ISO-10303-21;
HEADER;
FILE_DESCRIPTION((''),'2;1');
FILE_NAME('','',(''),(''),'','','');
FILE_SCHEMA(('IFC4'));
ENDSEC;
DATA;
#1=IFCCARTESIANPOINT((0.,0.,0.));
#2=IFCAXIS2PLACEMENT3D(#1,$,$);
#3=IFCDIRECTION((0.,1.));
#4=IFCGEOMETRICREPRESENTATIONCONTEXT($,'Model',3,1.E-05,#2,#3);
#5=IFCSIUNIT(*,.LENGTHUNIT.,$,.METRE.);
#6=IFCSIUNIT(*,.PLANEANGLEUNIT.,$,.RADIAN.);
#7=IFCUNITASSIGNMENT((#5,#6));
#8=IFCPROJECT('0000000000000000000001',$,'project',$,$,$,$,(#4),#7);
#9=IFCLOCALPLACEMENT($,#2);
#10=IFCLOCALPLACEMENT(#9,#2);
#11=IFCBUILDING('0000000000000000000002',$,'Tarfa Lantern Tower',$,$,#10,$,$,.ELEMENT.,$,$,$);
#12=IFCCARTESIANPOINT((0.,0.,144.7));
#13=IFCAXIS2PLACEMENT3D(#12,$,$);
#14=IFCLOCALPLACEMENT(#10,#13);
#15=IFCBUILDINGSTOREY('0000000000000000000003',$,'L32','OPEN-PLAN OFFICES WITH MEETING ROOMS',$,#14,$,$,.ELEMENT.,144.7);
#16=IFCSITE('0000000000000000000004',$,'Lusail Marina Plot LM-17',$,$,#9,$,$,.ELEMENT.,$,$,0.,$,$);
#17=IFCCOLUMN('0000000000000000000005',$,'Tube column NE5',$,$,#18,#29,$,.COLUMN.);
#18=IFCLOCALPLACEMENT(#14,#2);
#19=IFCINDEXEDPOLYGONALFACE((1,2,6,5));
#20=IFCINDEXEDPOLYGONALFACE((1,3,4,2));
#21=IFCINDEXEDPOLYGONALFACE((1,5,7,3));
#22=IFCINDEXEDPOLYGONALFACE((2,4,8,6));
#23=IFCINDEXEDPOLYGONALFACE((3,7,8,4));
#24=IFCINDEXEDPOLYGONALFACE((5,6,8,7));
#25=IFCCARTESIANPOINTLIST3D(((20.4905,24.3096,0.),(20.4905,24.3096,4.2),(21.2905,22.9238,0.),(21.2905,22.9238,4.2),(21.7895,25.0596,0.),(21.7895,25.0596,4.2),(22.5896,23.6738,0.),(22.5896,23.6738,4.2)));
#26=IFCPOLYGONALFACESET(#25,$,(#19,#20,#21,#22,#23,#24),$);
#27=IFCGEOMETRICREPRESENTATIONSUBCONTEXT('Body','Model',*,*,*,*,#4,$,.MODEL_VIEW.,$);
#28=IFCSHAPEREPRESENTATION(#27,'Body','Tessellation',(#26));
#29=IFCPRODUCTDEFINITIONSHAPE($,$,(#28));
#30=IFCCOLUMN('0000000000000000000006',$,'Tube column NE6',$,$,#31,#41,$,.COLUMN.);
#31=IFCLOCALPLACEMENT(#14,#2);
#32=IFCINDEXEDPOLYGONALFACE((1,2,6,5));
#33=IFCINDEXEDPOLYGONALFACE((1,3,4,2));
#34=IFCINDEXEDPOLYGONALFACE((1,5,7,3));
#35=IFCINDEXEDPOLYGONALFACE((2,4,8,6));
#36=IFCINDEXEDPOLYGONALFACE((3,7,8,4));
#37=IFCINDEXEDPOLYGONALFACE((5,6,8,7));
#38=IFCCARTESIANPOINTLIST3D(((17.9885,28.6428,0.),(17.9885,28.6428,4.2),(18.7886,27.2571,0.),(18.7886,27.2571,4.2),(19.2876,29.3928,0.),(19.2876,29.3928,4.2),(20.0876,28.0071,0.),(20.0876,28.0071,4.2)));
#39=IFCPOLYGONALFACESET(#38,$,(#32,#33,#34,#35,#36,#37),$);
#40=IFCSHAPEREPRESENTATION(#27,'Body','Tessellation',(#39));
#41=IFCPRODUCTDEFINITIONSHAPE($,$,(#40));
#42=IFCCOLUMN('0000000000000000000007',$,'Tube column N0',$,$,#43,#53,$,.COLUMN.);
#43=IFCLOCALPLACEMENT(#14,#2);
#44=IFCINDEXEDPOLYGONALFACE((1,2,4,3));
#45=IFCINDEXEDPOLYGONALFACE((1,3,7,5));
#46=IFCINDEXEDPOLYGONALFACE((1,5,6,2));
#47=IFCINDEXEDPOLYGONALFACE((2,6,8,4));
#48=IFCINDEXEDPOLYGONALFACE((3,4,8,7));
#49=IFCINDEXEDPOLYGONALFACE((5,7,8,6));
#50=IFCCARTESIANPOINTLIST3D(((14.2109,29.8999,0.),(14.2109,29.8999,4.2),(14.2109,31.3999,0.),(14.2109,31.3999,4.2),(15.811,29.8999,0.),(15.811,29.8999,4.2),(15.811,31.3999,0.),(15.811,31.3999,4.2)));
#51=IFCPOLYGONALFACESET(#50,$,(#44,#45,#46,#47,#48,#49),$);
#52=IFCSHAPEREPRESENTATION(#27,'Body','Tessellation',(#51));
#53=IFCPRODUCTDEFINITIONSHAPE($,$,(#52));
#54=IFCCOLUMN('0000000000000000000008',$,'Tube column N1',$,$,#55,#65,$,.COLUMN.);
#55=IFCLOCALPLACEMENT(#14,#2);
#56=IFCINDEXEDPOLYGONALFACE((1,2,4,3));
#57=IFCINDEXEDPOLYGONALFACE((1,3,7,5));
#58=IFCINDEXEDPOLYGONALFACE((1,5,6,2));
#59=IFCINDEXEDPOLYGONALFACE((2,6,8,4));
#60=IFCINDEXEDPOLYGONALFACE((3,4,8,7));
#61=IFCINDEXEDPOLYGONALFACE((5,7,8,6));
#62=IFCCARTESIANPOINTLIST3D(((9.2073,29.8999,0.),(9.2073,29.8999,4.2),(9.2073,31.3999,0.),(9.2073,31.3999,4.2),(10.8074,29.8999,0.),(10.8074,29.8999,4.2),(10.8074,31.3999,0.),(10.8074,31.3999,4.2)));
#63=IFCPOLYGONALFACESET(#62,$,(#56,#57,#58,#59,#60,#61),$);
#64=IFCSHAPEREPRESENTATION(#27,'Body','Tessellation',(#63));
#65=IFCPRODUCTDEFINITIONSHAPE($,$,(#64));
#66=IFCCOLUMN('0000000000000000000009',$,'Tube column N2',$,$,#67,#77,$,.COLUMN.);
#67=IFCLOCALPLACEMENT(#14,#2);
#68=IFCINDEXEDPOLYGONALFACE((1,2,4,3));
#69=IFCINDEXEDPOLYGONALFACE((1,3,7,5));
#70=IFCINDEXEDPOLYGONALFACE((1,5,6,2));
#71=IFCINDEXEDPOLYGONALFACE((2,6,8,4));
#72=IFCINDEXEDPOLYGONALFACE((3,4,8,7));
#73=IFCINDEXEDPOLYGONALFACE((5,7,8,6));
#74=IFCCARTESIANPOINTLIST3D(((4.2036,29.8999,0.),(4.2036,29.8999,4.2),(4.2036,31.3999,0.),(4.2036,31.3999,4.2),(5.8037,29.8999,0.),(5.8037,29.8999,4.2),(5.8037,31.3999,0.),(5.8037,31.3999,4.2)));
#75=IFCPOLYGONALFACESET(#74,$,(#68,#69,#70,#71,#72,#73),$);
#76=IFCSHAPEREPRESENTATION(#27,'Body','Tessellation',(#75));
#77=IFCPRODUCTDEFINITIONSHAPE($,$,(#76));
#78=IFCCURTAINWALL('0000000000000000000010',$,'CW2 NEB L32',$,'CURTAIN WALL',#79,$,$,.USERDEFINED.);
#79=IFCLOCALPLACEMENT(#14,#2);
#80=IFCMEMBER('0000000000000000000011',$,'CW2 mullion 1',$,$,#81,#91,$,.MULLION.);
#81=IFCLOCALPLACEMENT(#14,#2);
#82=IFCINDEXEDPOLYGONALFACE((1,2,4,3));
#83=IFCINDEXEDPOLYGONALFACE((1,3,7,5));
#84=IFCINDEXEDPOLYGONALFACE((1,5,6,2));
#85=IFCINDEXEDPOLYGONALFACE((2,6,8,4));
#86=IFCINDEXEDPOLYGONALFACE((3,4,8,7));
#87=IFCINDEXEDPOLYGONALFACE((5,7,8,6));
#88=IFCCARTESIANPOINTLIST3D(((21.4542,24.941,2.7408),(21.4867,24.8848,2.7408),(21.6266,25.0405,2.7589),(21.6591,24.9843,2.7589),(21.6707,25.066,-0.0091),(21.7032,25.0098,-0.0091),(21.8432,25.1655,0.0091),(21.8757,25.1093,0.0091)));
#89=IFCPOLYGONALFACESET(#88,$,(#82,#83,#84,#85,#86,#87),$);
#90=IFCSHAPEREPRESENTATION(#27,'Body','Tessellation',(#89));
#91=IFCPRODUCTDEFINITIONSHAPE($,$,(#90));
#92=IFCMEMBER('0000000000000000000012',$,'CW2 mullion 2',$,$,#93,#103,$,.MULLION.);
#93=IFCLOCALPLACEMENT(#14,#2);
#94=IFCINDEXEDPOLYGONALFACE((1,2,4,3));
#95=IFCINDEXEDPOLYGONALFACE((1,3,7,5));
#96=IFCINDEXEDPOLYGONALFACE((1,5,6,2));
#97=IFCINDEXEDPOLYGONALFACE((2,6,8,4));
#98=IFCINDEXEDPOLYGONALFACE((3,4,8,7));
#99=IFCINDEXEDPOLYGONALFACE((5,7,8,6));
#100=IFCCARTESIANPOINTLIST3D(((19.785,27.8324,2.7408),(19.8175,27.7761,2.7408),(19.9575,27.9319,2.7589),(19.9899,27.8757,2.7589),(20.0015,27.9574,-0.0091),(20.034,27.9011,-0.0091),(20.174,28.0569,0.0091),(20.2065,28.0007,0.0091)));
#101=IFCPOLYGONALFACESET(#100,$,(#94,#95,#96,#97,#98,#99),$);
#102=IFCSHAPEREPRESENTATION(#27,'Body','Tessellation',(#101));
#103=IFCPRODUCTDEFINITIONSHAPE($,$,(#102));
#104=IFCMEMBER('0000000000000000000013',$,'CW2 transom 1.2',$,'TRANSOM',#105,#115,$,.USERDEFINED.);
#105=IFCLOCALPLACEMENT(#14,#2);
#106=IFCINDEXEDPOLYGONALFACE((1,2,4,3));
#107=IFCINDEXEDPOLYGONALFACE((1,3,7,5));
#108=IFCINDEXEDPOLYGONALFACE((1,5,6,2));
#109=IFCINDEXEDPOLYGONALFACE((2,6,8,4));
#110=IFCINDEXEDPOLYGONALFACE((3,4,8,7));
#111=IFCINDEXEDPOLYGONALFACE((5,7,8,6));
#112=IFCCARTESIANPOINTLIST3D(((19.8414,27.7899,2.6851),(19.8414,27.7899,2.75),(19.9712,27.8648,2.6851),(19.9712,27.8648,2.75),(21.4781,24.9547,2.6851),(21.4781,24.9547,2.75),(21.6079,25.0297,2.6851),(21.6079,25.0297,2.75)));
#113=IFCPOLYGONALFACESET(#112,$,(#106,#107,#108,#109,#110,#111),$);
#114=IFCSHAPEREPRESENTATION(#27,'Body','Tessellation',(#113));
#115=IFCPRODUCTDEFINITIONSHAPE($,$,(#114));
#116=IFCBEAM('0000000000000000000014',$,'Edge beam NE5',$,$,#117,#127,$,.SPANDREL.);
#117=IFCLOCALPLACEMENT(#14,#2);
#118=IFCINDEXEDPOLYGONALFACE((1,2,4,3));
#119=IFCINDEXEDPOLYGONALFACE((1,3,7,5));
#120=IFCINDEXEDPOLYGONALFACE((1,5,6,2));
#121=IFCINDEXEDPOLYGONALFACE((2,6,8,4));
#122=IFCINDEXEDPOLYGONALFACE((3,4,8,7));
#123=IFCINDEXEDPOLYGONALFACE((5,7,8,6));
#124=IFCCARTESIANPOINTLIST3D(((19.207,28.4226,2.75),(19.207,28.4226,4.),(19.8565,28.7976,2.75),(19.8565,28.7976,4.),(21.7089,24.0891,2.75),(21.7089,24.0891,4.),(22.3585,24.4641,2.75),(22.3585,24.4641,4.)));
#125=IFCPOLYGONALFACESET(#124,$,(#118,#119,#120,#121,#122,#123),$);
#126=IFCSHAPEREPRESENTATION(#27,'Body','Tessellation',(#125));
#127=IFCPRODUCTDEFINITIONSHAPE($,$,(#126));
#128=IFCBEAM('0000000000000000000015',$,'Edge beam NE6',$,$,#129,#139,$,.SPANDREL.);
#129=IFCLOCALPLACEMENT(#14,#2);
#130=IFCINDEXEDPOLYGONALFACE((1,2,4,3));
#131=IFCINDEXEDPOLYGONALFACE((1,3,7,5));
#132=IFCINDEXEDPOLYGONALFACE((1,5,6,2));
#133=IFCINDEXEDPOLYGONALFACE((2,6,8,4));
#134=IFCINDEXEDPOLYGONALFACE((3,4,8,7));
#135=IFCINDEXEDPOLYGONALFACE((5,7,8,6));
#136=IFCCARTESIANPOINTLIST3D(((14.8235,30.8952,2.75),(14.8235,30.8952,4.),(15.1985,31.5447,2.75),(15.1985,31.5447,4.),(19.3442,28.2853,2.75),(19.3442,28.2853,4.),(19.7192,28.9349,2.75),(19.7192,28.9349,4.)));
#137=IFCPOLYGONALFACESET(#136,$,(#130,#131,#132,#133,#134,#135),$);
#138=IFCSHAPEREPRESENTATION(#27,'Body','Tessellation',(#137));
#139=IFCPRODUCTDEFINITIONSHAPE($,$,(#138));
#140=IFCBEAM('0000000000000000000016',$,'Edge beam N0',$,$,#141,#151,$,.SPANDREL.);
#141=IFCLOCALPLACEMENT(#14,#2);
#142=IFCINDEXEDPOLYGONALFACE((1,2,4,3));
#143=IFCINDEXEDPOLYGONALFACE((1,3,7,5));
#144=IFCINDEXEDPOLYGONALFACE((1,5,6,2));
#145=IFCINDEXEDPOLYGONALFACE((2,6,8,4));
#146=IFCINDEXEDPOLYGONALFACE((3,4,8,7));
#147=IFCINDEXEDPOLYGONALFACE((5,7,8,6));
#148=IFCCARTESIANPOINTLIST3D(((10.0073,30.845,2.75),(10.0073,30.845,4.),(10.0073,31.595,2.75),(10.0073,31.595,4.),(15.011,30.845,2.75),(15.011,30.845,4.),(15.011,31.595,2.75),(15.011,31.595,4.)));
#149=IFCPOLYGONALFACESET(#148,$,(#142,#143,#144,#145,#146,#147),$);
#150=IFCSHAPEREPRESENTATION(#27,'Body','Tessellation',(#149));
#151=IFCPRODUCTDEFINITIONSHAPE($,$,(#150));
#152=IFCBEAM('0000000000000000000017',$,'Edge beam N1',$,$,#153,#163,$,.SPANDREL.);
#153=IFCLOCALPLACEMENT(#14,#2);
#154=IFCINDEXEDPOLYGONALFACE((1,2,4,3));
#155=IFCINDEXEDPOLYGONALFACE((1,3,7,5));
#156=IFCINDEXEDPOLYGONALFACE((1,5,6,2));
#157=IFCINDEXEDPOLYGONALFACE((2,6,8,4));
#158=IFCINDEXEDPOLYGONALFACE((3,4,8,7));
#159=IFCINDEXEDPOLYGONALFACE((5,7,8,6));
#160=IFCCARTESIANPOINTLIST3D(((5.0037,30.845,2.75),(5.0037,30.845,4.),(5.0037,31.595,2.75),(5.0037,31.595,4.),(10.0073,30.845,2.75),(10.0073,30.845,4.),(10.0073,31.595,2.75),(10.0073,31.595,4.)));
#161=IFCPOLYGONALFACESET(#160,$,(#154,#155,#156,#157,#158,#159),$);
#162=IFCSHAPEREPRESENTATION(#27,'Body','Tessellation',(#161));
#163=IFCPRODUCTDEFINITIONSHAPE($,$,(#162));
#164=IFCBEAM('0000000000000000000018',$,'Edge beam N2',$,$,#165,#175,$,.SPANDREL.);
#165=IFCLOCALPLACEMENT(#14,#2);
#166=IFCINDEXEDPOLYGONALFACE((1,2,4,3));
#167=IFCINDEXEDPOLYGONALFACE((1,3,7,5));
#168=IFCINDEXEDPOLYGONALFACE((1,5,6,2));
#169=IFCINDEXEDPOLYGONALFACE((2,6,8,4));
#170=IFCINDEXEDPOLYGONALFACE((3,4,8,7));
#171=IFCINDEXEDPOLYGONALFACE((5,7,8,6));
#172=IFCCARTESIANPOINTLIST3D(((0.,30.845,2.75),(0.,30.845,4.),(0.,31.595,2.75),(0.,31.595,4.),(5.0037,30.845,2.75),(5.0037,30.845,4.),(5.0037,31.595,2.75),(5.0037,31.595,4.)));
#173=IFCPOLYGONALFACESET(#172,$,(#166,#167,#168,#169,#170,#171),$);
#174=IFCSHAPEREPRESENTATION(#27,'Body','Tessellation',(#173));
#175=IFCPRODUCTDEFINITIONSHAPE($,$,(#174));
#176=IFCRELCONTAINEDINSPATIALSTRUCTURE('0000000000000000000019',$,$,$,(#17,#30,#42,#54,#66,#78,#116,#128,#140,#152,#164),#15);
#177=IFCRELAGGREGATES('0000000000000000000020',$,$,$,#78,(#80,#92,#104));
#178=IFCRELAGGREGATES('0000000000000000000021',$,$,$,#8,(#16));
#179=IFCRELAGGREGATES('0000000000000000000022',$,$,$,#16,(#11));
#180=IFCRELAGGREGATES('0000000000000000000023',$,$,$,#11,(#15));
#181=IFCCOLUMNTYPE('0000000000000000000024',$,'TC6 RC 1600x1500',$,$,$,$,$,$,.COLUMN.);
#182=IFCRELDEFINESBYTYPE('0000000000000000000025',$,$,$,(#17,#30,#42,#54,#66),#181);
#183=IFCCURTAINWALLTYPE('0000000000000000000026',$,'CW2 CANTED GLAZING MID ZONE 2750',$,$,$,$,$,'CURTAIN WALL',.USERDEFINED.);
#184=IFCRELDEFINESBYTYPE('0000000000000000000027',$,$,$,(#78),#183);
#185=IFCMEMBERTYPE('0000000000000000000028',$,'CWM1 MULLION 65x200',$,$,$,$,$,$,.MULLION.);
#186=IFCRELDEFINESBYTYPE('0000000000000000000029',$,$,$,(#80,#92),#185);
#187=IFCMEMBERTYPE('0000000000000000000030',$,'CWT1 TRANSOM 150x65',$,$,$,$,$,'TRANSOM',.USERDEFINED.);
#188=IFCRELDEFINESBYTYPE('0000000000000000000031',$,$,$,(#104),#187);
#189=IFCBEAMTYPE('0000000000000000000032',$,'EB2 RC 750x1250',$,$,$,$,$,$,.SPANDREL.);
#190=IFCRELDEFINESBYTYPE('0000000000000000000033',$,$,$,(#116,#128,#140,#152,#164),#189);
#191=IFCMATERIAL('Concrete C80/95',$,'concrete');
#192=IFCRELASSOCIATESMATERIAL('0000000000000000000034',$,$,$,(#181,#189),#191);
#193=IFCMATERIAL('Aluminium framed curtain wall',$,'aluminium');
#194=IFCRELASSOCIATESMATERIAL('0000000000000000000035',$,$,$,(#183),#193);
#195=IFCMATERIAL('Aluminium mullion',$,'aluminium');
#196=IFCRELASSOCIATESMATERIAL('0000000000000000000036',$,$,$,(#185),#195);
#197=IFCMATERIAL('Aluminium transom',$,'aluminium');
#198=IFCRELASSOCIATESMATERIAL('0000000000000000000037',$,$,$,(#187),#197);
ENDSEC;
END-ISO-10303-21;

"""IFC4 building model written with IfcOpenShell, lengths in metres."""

from ifc_helpers import new_model, si_unit, direction, frame, origin, origin_2d, place, context, subcontext, project, spatial, rectangle, extrude, material, material_profile, profile_set, type_object, element, aggregate, save


model = new_model("IFC4")

# Units and contexts
model_context = context("Model", 3, precision=1e-05, world=origin(), true_north=direction((0.0, 1.0)))
body_context = subcontext(model_context, "Body", "Model", "MODEL_VIEW")
ifc_project = project(units=[si_unit("LENGTHUNIT", "METRE"), si_unit("PLANEANGLEUNIT", "RADIAN")], contexts=[model_context])

# Site, building, storey
site_placement = place(None, origin())
site = spatial("IfcSite", under=ifc_project, at=site_placement, Name="Lusail Marina Plot LM-17", CompositionType="ELEMENT", RefElevation=0.0)
building_placement = place(site_placement, origin())
building = spatial("IfcBuilding", under=site, at=building_placement, Name="Tarfa Lantern Tower", CompositionType="ELEMENT")
storey_placement = place(building_placement, frame((0.0, 0.0, 144.7)))
storey = spatial("IfcBuildingStorey", under=building, at=storey_placement, Name="L32", Description="OPEN-PLAN OFFICES WITH MEETING ROOMS", CompositionType="ELEMENT", Elevation=144.7)

# Columns
ifc_material_1 = material(Name="Concrete C80/95", Category="concrete")
ifc_material_profile_1 = material_profile(ifc_material_1, rectangle(XDim=1.6001, YDim=1.5, at=origin_2d()), Name="RC 1600x1500")
ifc_profile_set_1 = profile_set([ifc_material_profile_1], Name="Concrete C80/95")
column_type = type_object("IfcColumnType", Name="TC6 RC 1600x1500", PredefinedType="COLUMN", material=ifc_profile_set_1)
for number, where, z_axis, x_axis, name in (
    (1, (21.54, 23.9917, 0.0), (0.0, 0.0, 1.0), (-0.5, 0.866025, 0.0), "Tube column NE5"),
    (2, (19.0381, 28.325, 0.0), (0.0, 0.0, 1.0), (-0.5, 0.866025, 0.0), "Tube column NE6"),
    (3, (15.011, 30.6499, 0.0), (0.0, 0.0, 1.0), (-1.0, 0.0, 0.0), "Tube column N0"),
    (4, (10.0073, 30.6499, 0.0), (0.0, 0.0, 1.0), (-1.0, 0.0, 0.0), "Tube column N1"),
    (5, (5.0037, 30.6499, 0.0), (0.0, 0.0, 1.0), (-1.0, 0.0, 0.0), "Tube column N2"),
):
    element("IfcColumn", number, at=place(storey_placement, frame(where, z_axis=z_axis, x_axis=x_axis)), inside=storey, type_object=column_type, Name=name, PredefinedType="COLUMN", context=body_context, shape_type="SweptSolid", body=[
        extrude(rectangle(XDim=1.6001, YDim=1.5, at=origin_2d()), origin(), (0.0, 0.0, 1.0), 4.2),
    ])

# Curtain wall, members
ifc_material_2 = material(Name="Aluminium framed curtain wall", Category="aluminium")
curtain_wall_type = type_object("IfcCurtainWallType", Name="CW2 CANTED GLAZING MID ZONE 2750", ElementType="CURTAIN WALL", PredefinedType="USERDEFINED", material=ifc_material_2)
curtain_wall_placement = place(storey_placement, origin())
curtain_wall = element("IfcCurtainWall", 6, at=curtain_wall_placement, inside=storey, type_object=curtain_wall_type, Name="CW2 NEB L32", ObjectType="CURTAIN WALL", PredefinedType="USERDEFINED")
ifc_material_3 = material(Name="Aluminium mullion", Category="aluminium")
ifc_material_profile_2 = material_profile(ifc_material_3, rectangle(XDim=0.0649, YDim=0.2, at=origin_2d()), Name="AL MULLION 65x200")
ifc_profile_set_2 = profile_set([ifc_material_profile_2], Name="Aluminium mullion")
member_type_1 = type_object("IfcMemberType", Name="CWM1 MULLION 65x200", PredefinedType="MULLION", material=ifc_profile_set_2)
member_1_placement = place(storey_placement, frame((21.7732, 25.0876, 0.0), z_axis=(-0.078423, -0.045268, 0.995892), x_axis=(0.49992, -0.866072, 0.0)))
member_1 = element("IfcMember", 7, at=member_1_placement, type_object=member_type_1, Name="CW2 mullion 1", PredefinedType="MULLION", context=body_context, shape_type="SweptSolid", body=[
    extrude(rectangle(XDim=0.0649, YDim=0.2, at=origin_2d()), origin(), (0.0, 0.0, 1.0), 2.7612),
])
member_2_placement = place(storey_placement, frame((20.104, 27.979, 0.0), z_axis=(-0.078423, -0.045268, 0.995892), x_axis=(0.49992, -0.866072, 0.0)))
member_2 = element("IfcMember", 8, at=member_2_placement, type_object=member_type_1, Name="CW2 mullion 2", PredefinedType="MULLION", context=body_context, shape_type="SweptSolid", body=[
    extrude(rectangle(XDim=0.0649, YDim=0.2, at=origin_2d()), origin(), (0.0, 0.0, 1.0), 2.7612),
])
ifc_material_4 = material(Name="Aluminium transom", Category="aluminium")
ifc_material_profile_3 = material_profile(ifc_material_4, rectangle(XDim=0.1499, YDim=0.0649, at=origin_2d()), Name="AL TRANSOM 150x65")
ifc_profile_set_3 = profile_set([ifc_material_profile_3], Name="Aluminium transom")
member_type_2 = type_object("IfcMemberType", Name="CWT1 TRANSOM 150x65", ElementType="TRANSOM", PredefinedType="USERDEFINED", material=ifc_profile_set_3)
member_3_placement = place(storey_placement, frame((21.543, 24.9922, 2.7175), z_axis=(-0.499957, 0.86605, 0.0), x_axis=(-0.86605, -0.499957, 0.0)))
member_3 = element("IfcMember", 9, at=member_3_placement, type_object=member_type_2, Name="CW2 transom 1.2", ObjectType="TRANSOM", PredefinedType="USERDEFINED", context=body_context, shape_type="SweptSolid", body=[
    extrude(rectangle(XDim=0.1499, YDim=0.0649, at=origin_2d()), origin(), (0.0, 0.0, 1.0), 3.2737),
])

# Beams
ifc_material_profile_4 = material_profile(ifc_material_1, rectangle(XDim=0.75, YDim=1.25, at=origin_2d()), Name="RC 750x1250")
ifc_profile_set_4 = profile_set([ifc_material_profile_4], Name="Concrete C80/95")
beam_type_1 = type_object("IfcBeamType", Name="EB2 RC 750x1250", PredefinedType="SPANDREL", material=ifc_profile_set_4)
beam_1_placement = place(storey_placement, frame((22.0337, 24.2766, 3.375), z_axis=(-0.500001, 0.866025, 0.0), x_axis=(-0.866025, -0.500001, 0.0)))
element("IfcBeam", 10, at=beam_1_placement, inside=storey, type_object=beam_type_1, Name="Edge beam NE5", PredefinedType="SPANDREL", context=body_context, shape_type="SweptSolid", body=[
    extrude(rectangle(XDim=0.75, YDim=1.25, at=origin_2d()), origin(), (0.0, 0.0, 1.0), 5.0039),
])
beam_2_placement = place(storey_placement, frame((19.5317, 28.6101, 3.375), z_axis=(-0.866042, 0.499972, 0.0), x_axis=(-0.499972, -0.866042, 0.0)))
element("IfcBeam", 11, at=beam_2_placement, inside=storey, type_object=beam_type_1, Name="Edge beam NE6", PredefinedType="SPANDREL", context=body_context, shape_type="SweptSolid", body=[
    extrude(rectangle(XDim=0.75, YDim=1.25, at=origin_2d()), origin(), (0.0, 0.0, 1.0), 5.22),
])
for number, where, z_axis, x_axis, name in (
    (12, (15.011, 31.22, 3.375), (-1.0, 0.0, 0.0), (0.0, -1.0, 0.0), "Edge beam N0"),
    (13, (10.0073, 31.22, 3.375), (-1.0, 0.0, 0.0), (0.0, -1.0, 0.0), "Edge beam N1"),
    (14, (5.0037, 31.22, 3.375), (-1.0, 0.0, 0.0), (0.0, -1.0, 0.0), "Edge beam N2"),
):
    element("IfcBeam", number, at=place(storey_placement, frame(where, z_axis=z_axis, x_axis=x_axis)), inside=storey, type_object=beam_type_1, Name=name, PredefinedType="SPANDREL", context=body_context, shape_type="SweptSolid", body=[
        extrude(rectangle(XDim=0.75, YDim=1.25, at=origin_2d()), origin(), (0.0, 0.0, 1.0), 5.0037),
    ])

aggregate(curtain_wall, [member_1, member_2, member_3])

save(model, "model.ifc")
